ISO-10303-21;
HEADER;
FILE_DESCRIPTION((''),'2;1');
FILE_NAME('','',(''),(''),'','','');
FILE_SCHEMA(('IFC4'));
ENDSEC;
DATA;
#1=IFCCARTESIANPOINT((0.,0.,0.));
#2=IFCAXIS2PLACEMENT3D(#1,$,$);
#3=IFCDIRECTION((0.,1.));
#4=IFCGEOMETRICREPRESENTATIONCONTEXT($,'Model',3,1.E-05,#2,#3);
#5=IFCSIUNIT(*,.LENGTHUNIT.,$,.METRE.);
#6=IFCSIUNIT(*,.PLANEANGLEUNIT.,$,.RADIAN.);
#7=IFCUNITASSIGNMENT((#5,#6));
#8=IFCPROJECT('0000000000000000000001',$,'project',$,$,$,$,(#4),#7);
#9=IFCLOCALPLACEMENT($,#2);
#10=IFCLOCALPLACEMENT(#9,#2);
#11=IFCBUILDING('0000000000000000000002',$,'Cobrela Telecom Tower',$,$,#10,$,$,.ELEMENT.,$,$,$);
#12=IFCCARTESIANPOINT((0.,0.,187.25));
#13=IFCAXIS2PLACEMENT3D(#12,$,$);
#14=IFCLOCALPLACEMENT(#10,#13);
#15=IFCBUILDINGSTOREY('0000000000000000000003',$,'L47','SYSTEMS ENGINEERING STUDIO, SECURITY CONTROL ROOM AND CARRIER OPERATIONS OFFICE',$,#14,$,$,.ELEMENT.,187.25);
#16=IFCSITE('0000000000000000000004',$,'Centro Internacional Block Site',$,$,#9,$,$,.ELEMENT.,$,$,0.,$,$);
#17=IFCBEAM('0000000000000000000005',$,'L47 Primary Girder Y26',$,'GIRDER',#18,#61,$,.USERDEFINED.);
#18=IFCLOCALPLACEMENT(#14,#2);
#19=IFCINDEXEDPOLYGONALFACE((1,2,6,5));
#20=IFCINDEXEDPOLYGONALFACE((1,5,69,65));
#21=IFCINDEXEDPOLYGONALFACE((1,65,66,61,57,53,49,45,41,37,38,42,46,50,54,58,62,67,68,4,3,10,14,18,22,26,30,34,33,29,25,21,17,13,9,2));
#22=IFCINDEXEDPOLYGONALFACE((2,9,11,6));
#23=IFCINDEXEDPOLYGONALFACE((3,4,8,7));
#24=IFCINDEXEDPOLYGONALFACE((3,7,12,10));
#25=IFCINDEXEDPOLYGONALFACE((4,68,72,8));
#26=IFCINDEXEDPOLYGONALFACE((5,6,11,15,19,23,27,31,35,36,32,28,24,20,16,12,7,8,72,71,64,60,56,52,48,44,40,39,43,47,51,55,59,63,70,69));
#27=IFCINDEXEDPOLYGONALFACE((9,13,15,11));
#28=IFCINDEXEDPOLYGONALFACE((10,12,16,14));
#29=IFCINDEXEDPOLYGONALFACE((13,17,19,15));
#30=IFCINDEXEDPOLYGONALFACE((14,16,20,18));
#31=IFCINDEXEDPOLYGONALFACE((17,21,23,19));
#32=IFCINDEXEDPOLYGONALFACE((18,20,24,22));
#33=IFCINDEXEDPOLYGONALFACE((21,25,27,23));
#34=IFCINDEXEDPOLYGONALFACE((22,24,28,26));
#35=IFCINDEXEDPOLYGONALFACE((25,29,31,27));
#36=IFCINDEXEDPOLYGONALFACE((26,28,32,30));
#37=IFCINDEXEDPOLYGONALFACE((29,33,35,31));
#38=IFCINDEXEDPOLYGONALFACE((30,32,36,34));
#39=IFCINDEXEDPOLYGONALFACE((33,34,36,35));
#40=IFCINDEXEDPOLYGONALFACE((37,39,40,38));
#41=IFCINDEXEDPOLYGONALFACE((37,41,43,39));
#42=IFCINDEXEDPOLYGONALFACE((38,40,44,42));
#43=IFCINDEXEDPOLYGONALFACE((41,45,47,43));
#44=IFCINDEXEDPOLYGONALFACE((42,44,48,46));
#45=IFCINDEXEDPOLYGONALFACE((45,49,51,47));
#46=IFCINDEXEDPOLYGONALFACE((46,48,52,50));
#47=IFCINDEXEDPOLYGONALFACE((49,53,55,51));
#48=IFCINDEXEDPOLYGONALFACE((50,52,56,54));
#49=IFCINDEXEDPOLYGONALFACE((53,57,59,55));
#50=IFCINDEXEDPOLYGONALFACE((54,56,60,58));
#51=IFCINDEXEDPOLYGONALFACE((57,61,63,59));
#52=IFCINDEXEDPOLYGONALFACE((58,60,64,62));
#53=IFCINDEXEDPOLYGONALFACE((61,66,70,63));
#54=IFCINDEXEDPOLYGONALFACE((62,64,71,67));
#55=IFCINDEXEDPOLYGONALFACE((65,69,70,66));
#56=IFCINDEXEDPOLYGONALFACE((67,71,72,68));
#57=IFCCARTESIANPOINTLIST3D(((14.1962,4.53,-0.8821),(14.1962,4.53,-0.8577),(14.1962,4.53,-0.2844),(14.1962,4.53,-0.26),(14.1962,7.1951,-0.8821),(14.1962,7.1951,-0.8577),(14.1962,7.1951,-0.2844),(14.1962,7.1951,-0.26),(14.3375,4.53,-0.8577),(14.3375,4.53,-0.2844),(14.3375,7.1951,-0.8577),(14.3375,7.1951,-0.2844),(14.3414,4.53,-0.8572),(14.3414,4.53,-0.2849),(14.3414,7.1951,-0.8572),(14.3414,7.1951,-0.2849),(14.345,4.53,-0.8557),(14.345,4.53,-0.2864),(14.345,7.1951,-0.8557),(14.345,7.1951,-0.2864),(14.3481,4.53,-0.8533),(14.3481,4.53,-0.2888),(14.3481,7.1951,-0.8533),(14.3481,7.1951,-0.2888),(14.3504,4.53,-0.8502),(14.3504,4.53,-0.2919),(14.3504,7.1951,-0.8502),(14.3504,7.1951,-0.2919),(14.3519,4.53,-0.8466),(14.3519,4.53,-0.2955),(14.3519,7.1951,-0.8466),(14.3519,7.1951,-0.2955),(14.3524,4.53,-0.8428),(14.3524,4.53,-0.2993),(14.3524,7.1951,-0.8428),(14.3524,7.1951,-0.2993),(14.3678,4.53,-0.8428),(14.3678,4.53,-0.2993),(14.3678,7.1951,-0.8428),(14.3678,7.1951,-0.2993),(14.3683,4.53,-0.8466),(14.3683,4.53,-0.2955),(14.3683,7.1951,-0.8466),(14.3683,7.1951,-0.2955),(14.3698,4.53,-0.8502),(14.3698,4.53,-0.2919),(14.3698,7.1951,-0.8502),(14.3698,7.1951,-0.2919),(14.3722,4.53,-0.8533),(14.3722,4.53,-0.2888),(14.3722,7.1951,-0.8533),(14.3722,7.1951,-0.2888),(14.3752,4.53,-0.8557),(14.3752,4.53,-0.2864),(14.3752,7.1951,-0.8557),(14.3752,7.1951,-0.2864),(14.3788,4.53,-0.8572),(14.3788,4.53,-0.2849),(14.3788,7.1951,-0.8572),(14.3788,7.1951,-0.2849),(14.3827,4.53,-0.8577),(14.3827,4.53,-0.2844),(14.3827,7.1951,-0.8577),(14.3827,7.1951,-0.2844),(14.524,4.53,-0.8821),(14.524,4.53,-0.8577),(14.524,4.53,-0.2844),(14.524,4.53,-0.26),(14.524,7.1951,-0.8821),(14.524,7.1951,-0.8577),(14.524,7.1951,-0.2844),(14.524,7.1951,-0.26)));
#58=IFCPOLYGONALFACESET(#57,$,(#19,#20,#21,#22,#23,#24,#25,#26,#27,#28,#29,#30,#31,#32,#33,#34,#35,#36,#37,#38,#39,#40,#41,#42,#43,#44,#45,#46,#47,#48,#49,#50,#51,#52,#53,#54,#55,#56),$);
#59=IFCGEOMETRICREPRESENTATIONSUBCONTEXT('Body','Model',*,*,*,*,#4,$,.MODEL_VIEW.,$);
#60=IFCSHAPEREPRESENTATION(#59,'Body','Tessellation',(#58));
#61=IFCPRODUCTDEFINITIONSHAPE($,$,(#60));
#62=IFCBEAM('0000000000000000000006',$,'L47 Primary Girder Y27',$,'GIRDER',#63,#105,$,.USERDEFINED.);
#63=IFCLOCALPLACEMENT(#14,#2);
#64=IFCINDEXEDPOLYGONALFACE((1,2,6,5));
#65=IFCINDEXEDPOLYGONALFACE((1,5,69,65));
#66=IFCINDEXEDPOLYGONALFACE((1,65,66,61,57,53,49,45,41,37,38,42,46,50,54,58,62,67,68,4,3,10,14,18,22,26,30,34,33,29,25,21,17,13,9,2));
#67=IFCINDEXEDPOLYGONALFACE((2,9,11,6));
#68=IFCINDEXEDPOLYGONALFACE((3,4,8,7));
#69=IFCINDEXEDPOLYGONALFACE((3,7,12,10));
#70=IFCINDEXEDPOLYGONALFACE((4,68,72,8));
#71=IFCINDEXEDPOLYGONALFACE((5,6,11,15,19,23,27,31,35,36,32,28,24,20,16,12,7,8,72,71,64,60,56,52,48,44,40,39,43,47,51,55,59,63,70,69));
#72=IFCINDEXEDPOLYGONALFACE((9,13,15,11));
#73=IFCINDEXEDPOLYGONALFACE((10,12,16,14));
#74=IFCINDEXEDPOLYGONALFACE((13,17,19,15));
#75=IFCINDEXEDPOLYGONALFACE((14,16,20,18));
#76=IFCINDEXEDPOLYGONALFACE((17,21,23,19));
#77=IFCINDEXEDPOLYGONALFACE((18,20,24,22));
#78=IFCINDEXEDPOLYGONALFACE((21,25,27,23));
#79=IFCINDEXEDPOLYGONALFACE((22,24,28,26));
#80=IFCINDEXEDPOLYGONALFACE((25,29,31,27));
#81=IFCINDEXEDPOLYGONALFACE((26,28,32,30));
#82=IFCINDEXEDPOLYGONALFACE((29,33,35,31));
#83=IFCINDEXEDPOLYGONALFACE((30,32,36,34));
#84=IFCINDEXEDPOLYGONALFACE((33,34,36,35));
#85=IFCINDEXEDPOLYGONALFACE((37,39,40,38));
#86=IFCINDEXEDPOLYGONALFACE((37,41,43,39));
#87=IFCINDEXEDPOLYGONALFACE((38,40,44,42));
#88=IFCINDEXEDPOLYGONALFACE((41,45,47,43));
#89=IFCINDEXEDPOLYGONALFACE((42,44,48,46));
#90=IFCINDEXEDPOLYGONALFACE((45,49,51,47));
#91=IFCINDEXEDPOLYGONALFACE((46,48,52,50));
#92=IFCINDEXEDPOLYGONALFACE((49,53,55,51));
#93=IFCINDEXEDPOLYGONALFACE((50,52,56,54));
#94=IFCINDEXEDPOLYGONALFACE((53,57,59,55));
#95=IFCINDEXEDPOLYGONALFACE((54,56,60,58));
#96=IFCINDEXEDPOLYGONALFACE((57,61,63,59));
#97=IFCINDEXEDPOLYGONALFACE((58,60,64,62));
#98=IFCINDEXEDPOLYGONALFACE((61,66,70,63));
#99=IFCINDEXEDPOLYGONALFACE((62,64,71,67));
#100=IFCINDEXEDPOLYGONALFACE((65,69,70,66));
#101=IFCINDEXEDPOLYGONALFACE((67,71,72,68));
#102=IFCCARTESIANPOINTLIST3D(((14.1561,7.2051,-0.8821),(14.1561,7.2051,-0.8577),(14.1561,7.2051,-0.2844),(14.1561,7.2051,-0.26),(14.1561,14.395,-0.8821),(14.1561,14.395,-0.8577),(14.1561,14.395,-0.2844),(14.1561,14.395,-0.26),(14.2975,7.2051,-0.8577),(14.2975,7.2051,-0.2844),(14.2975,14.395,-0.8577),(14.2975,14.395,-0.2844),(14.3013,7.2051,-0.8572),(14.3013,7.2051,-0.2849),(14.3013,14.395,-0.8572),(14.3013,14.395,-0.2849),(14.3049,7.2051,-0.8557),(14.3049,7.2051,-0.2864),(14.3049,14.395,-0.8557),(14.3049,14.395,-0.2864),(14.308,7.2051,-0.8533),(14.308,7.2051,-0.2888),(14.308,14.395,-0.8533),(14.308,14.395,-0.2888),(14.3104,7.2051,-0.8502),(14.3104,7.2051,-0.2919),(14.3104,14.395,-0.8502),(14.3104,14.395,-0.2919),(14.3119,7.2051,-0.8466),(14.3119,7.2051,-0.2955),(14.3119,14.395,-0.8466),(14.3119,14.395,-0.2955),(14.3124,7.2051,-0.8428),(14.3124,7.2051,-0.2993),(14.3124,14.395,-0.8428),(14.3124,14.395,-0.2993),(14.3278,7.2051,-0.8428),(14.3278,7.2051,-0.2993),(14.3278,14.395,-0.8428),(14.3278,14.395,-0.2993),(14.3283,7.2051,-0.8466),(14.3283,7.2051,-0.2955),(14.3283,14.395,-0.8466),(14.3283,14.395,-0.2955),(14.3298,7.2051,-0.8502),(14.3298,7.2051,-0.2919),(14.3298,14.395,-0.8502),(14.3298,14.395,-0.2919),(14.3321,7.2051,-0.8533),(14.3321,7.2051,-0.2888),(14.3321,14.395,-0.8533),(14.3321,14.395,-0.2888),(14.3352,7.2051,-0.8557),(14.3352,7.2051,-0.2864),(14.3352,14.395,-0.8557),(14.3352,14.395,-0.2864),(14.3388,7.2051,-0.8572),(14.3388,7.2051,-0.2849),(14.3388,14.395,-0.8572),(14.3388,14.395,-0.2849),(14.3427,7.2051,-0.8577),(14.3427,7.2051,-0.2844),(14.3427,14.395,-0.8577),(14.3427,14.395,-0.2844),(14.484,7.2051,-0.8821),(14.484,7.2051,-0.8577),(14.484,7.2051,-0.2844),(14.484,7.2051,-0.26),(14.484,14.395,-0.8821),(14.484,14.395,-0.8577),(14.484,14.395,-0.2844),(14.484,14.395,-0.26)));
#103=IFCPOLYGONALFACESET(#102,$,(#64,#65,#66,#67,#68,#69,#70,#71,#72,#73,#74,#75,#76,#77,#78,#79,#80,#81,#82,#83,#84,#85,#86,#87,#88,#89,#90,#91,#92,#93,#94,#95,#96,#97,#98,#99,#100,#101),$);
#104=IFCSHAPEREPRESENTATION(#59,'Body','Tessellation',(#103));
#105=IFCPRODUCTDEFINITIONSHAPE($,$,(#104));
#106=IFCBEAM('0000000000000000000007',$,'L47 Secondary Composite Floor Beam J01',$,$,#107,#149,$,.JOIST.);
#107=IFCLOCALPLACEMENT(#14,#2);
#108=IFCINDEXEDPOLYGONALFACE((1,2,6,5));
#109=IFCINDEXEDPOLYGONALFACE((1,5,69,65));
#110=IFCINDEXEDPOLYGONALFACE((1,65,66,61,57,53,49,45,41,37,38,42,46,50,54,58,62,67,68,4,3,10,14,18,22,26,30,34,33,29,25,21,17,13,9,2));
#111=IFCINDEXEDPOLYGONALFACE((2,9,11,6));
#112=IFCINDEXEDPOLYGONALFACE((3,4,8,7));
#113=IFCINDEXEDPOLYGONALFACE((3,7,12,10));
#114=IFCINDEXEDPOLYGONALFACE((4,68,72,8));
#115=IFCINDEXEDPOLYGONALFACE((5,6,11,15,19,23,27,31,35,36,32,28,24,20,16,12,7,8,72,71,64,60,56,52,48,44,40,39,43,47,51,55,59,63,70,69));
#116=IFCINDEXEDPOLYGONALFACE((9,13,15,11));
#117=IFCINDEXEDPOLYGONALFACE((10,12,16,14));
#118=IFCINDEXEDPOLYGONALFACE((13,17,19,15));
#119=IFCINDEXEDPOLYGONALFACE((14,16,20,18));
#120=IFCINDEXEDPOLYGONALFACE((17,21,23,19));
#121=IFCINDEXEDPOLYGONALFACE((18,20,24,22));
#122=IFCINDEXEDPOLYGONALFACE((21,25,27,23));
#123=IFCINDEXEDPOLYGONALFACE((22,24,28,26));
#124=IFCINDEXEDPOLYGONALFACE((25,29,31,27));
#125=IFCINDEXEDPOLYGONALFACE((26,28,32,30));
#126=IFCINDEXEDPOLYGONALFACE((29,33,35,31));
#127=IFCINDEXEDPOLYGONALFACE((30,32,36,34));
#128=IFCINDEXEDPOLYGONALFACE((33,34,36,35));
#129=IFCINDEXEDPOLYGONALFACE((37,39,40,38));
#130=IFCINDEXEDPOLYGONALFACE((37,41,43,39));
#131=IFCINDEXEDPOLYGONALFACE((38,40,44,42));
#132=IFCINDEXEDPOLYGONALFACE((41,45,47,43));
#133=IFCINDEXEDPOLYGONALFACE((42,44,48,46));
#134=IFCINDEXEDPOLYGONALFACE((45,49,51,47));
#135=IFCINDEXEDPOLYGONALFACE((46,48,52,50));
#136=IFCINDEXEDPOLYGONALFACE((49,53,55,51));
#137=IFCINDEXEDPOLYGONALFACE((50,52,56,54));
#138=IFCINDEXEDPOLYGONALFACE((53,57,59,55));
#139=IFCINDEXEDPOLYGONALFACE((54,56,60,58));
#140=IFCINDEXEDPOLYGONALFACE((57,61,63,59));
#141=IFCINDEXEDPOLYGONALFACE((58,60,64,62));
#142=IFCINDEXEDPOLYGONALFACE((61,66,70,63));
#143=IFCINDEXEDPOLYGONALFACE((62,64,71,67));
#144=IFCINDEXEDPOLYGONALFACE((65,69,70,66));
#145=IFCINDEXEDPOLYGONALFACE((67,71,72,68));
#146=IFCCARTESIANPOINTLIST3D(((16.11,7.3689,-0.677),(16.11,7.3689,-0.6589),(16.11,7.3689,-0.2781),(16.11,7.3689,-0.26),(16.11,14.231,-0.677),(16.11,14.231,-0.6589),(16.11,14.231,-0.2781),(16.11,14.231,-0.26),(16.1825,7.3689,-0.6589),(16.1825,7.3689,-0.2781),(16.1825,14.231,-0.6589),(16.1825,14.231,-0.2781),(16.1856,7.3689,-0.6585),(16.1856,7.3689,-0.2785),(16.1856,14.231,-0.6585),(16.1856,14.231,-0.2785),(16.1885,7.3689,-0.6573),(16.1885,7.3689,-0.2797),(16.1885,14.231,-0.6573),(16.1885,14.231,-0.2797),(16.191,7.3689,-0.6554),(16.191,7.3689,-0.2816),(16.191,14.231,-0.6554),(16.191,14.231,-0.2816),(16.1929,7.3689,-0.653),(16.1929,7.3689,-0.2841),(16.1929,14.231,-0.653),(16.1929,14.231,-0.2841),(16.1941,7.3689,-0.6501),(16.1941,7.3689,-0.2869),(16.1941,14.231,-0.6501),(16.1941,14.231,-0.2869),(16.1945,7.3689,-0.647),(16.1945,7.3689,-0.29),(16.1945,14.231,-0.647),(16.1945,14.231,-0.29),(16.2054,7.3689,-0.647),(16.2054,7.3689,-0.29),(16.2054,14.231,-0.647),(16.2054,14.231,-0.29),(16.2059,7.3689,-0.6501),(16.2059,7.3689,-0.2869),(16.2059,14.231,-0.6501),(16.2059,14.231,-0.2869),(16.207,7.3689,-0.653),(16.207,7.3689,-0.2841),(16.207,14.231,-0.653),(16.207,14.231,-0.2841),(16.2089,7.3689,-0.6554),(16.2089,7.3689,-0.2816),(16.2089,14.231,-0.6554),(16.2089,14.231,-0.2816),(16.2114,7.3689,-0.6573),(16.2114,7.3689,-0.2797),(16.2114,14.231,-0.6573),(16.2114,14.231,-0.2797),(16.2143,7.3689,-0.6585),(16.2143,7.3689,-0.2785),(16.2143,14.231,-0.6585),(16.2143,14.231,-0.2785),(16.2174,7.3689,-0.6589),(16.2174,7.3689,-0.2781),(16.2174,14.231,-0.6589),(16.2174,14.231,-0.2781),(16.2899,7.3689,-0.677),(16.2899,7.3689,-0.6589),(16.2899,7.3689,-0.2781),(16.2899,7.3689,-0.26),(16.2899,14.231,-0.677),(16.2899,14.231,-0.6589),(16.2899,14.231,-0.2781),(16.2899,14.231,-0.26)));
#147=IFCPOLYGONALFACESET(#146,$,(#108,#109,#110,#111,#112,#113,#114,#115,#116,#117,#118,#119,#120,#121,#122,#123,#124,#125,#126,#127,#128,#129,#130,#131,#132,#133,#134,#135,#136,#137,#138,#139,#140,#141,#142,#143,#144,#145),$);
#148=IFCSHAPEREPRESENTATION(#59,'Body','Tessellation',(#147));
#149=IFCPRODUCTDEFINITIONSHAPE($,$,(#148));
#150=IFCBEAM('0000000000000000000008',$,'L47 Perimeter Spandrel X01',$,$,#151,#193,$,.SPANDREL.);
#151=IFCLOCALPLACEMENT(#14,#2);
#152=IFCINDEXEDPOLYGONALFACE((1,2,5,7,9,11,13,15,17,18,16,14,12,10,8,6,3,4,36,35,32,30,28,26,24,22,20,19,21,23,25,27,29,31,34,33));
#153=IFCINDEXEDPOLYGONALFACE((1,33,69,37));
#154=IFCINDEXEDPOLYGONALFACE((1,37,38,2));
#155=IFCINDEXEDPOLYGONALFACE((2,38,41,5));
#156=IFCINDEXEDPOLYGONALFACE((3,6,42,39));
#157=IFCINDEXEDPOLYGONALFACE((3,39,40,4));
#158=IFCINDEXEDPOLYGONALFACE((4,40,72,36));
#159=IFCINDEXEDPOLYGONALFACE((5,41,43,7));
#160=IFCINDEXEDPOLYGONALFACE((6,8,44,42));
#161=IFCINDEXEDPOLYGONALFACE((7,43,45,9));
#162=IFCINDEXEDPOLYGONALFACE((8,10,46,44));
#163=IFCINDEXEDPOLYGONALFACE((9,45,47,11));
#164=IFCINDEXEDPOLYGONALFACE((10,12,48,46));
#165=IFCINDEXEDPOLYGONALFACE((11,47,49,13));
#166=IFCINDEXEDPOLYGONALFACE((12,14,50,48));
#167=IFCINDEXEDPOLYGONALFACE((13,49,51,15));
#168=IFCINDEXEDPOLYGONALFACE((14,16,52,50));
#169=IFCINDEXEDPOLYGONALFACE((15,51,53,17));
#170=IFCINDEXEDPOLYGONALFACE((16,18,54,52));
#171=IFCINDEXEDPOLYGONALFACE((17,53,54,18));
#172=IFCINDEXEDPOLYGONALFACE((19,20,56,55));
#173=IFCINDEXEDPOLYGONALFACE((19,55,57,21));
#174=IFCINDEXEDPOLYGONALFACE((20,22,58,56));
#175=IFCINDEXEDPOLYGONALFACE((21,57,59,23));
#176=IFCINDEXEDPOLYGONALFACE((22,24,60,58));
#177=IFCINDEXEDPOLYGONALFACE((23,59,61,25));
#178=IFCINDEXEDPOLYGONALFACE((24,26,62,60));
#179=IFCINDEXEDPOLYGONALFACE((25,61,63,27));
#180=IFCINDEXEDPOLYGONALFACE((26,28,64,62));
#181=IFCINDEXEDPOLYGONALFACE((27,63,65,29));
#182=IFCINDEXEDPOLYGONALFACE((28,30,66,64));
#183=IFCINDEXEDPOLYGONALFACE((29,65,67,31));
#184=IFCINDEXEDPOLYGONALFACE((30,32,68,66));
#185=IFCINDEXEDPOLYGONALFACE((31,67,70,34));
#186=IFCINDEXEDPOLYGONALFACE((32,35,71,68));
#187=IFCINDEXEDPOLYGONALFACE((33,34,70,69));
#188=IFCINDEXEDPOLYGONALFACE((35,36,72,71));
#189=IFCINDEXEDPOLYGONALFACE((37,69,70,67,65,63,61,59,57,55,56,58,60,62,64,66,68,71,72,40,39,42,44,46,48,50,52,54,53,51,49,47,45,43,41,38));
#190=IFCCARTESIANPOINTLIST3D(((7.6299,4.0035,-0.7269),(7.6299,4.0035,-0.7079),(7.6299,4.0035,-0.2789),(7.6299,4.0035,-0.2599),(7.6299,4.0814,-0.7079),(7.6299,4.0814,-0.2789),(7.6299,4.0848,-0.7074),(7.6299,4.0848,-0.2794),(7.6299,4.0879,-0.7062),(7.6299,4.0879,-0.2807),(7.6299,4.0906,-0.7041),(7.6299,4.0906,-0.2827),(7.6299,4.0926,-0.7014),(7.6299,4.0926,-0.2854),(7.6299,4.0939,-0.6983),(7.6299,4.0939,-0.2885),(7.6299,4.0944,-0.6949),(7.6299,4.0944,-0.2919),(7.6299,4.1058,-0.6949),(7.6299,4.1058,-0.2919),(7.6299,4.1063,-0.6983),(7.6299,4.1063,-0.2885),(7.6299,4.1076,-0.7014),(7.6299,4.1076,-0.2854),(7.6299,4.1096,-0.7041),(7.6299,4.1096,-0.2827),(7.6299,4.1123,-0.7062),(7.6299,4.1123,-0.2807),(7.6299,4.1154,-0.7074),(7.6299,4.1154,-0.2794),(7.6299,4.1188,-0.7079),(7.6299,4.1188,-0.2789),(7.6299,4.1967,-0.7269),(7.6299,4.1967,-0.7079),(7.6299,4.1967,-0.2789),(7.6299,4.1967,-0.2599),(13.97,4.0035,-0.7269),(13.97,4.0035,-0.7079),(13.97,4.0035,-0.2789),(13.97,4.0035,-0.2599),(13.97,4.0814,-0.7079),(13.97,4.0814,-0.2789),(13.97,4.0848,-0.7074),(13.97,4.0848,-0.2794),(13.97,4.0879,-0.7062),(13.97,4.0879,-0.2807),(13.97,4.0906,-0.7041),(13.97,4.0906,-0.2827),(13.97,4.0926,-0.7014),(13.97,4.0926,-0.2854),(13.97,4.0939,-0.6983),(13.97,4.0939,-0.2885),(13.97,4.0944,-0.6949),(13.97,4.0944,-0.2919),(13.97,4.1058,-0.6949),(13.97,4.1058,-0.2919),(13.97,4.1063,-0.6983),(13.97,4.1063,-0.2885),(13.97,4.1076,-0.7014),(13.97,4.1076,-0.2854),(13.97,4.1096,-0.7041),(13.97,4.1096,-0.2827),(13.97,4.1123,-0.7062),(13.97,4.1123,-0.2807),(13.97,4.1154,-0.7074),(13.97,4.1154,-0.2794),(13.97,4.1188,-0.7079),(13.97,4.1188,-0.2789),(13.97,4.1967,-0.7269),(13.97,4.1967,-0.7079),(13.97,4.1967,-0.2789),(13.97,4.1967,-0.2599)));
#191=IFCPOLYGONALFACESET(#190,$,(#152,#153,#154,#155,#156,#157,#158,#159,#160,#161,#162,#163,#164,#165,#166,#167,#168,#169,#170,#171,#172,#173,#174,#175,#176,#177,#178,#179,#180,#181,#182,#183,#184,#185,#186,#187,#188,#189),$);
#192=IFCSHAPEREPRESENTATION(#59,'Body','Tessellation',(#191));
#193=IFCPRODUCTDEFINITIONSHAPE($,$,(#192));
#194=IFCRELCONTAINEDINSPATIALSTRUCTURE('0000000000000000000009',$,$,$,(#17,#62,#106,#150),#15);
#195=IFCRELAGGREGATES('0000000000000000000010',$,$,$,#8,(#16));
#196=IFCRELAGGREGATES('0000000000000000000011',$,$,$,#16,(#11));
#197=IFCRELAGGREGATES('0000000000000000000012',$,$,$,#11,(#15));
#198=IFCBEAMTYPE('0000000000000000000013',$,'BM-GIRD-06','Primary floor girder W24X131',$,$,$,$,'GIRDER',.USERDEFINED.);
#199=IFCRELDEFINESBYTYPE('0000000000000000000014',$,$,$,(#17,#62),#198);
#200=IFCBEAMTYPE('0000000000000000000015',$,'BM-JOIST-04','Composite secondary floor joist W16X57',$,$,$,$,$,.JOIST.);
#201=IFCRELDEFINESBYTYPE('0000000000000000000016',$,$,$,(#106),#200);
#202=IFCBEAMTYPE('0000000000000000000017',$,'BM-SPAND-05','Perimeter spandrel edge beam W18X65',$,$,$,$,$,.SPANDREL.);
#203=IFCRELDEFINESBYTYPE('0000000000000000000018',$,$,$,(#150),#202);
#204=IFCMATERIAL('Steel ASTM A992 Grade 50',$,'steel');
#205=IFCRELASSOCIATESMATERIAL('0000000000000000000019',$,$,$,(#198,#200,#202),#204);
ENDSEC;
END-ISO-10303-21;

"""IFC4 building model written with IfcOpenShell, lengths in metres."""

from ifc_helpers import new_model, si_unit, direction, frame, origin, origin_2d, place, context, subcontext, project, spatial, i_section, extrude, material, material_profile, profile_set, type_object, element, save


model = new_model("IFC4")

# Units and contexts
model_context = context("Model", 3, precision=1e-05, world=origin(), true_north=direction((0.0, 1.0)))
body_context = subcontext(model_context, "Body", "Model", "MODEL_VIEW")
ifc_project = project(units=[si_unit("LENGTHUNIT", "METRE"), si_unit("PLANEANGLEUNIT", "RADIAN")], contexts=[model_context])

# Site, building, storey
site_placement = place(None, origin())
site = spatial("IfcSite", under=ifc_project, at=site_placement, Name="Centro Internacional Block Site", CompositionType="ELEMENT", RefElevation=0.0)
building_placement = place(site_placement, origin())
building = spatial("IfcBuilding", under=site, at=building_placement, Name="Cobrela Telecom Tower", CompositionType="ELEMENT")
storey_placement = place(building_placement, frame((0.0, 0.0, 187.25)))
storey = spatial("IfcBuildingStorey", under=building, at=storey_placement, Name="L47", Description="SYSTEMS ENGINEERING STUDIO, SECURITY CONTROL ROOM AND CARRIER OPERATIONS OFFICE", CompositionType="ELEMENT", Elevation=187.25)

# Beams
ifc_material_1 = material(Name="Steel ASTM A992 Grade 50", Category="steel")
ifc_material_profile_1 = material_profile(ifc_material_1, i_section(OverallWidth=0.3279, OverallDepth=0.6221, WebThickness=0.0154, FlangeThickness=0.0244, FilletRadius=0.0149, at=origin_2d()), Name="W24X131")
ifc_profile_set_1 = profile_set([ifc_material_profile_1], Name="Steel ASTM A992 Grade 50")
beam_type_1 = type_object("IfcBeamType", Name="BM-GIRD-06", Description="Primary floor girder W24X131", ElementType="GIRDER", PredefinedType="USERDEFINED", material=ifc_profile_set_1)
beam_1_placement = place(storey_placement, frame((14.3601, 4.53, -0.571), z_axis=(0.0, 1.0, 0.0), x_axis=(-1.0, 0.0, 0.0)))
element("IfcBeam", 1, at=beam_1_placement, inside=storey, type_object=beam_type_1, Name="L47 Primary Girder Y26", ObjectType="GIRDER", PredefinedType="USERDEFINED", context=body_context, shape_type="SweptSolid", body=[
    extrude(i_section(OverallWidth=0.3279, OverallDepth=0.6221, WebThickness=0.0154, FlangeThickness=0.0244, FilletRadius=0.0149, at=origin_2d()), origin(), (0.0, 0.0, 1.0), 2.665),
])
beam_2_placement = place(storey_placement, frame((14.3201, 7.2051, -0.571), z_axis=(0.0, 1.0, 0.0), x_axis=(-1.0, 0.0, 0.0)))
element("IfcBeam", 2, at=beam_2_placement, inside=storey, type_object=beam_type_1, Name="L47 Primary Girder Y27", ObjectType="GIRDER", PredefinedType="USERDEFINED", context=body_context, shape_type="SweptSolid", body=[
    extrude(i_section(OverallWidth=0.3279, OverallDepth=0.6221, WebThickness=0.0154, FlangeThickness=0.0244, FilletRadius=0.0149, at=origin_2d()), origin(), (0.0, 0.0, 1.0), 7.1899),
])
ifc_material_profile_2 = material_profile(ifc_material_1, i_section(OverallWidth=0.1799, OverallDepth=0.417, WebThickness=0.011, FlangeThickness=0.0181, FilletRadius=0.012, at=origin_2d()), Name="W16X57")
ifc_profile_set_2 = profile_set([ifc_material_profile_2], Name="Steel ASTM A992 Grade 50")
beam_type_2 = type_object("IfcBeamType", Name="BM-JOIST-04", Description="Composite secondary floor joist W16X57", PredefinedType="JOIST", material=ifc_profile_set_2)
beam_3_placement = place(storey_placement, frame((16.2, 7.3689, -0.4685), z_axis=(0.0, 1.0, 0.0), x_axis=(-1.0, 0.0, 0.0)))
element("IfcBeam", 3, at=beam_3_placement, inside=storey, type_object=beam_type_2, Name="L47 Secondary Composite Floor Beam J01", PredefinedType="JOIST", context=body_context, shape_type="SweptSolid", body=[
    extrude(i_section(OverallWidth=0.1799, OverallDepth=0.417, WebThickness=0.011, FlangeThickness=0.0181, FilletRadius=0.012, at=origin_2d()), origin(), (0.0, 0.0, 1.0), 6.8621),
])
ifc_material_profile_3 = material_profile(ifc_material_1, i_section(OverallWidth=0.1931, OverallDepth=0.467, WebThickness=0.0115, FlangeThickness=0.019, FilletRadius=0.0129, at=origin_2d()), Name="W18X65")
ifc_profile_set_3 = profile_set([ifc_material_profile_3], Name="Steel ASTM A992 Grade 50")
beam_type_3 = type_object("IfcBeamType", Name="BM-SPAND-05", Description="Perimeter spandrel edge beam W18X65", PredefinedType="SPANDREL", material=ifc_profile_set_3)
beam_4_placement = place(storey_placement, frame((7.6299, 4.1001, -0.4934), z_axis=(1.0, 0.0, 0.0), x_axis=(0.0, 1.0, 0.0)))
element("IfcBeam", 4, at=beam_4_placement, inside=storey, type_object=beam_type_3, Name="L47 Perimeter Spandrel X01", PredefinedType="SPANDREL", context=body_context, shape_type="SweptSolid", body=[
    extrude(i_section(OverallWidth=0.1931, OverallDepth=0.467, WebThickness=0.0115, FlangeThickness=0.019, FilletRadius=0.0129, at=origin_2d()), origin(), (0.0, 0.0, 1.0), 6.3401),
])

save(model, "model.ifc")
